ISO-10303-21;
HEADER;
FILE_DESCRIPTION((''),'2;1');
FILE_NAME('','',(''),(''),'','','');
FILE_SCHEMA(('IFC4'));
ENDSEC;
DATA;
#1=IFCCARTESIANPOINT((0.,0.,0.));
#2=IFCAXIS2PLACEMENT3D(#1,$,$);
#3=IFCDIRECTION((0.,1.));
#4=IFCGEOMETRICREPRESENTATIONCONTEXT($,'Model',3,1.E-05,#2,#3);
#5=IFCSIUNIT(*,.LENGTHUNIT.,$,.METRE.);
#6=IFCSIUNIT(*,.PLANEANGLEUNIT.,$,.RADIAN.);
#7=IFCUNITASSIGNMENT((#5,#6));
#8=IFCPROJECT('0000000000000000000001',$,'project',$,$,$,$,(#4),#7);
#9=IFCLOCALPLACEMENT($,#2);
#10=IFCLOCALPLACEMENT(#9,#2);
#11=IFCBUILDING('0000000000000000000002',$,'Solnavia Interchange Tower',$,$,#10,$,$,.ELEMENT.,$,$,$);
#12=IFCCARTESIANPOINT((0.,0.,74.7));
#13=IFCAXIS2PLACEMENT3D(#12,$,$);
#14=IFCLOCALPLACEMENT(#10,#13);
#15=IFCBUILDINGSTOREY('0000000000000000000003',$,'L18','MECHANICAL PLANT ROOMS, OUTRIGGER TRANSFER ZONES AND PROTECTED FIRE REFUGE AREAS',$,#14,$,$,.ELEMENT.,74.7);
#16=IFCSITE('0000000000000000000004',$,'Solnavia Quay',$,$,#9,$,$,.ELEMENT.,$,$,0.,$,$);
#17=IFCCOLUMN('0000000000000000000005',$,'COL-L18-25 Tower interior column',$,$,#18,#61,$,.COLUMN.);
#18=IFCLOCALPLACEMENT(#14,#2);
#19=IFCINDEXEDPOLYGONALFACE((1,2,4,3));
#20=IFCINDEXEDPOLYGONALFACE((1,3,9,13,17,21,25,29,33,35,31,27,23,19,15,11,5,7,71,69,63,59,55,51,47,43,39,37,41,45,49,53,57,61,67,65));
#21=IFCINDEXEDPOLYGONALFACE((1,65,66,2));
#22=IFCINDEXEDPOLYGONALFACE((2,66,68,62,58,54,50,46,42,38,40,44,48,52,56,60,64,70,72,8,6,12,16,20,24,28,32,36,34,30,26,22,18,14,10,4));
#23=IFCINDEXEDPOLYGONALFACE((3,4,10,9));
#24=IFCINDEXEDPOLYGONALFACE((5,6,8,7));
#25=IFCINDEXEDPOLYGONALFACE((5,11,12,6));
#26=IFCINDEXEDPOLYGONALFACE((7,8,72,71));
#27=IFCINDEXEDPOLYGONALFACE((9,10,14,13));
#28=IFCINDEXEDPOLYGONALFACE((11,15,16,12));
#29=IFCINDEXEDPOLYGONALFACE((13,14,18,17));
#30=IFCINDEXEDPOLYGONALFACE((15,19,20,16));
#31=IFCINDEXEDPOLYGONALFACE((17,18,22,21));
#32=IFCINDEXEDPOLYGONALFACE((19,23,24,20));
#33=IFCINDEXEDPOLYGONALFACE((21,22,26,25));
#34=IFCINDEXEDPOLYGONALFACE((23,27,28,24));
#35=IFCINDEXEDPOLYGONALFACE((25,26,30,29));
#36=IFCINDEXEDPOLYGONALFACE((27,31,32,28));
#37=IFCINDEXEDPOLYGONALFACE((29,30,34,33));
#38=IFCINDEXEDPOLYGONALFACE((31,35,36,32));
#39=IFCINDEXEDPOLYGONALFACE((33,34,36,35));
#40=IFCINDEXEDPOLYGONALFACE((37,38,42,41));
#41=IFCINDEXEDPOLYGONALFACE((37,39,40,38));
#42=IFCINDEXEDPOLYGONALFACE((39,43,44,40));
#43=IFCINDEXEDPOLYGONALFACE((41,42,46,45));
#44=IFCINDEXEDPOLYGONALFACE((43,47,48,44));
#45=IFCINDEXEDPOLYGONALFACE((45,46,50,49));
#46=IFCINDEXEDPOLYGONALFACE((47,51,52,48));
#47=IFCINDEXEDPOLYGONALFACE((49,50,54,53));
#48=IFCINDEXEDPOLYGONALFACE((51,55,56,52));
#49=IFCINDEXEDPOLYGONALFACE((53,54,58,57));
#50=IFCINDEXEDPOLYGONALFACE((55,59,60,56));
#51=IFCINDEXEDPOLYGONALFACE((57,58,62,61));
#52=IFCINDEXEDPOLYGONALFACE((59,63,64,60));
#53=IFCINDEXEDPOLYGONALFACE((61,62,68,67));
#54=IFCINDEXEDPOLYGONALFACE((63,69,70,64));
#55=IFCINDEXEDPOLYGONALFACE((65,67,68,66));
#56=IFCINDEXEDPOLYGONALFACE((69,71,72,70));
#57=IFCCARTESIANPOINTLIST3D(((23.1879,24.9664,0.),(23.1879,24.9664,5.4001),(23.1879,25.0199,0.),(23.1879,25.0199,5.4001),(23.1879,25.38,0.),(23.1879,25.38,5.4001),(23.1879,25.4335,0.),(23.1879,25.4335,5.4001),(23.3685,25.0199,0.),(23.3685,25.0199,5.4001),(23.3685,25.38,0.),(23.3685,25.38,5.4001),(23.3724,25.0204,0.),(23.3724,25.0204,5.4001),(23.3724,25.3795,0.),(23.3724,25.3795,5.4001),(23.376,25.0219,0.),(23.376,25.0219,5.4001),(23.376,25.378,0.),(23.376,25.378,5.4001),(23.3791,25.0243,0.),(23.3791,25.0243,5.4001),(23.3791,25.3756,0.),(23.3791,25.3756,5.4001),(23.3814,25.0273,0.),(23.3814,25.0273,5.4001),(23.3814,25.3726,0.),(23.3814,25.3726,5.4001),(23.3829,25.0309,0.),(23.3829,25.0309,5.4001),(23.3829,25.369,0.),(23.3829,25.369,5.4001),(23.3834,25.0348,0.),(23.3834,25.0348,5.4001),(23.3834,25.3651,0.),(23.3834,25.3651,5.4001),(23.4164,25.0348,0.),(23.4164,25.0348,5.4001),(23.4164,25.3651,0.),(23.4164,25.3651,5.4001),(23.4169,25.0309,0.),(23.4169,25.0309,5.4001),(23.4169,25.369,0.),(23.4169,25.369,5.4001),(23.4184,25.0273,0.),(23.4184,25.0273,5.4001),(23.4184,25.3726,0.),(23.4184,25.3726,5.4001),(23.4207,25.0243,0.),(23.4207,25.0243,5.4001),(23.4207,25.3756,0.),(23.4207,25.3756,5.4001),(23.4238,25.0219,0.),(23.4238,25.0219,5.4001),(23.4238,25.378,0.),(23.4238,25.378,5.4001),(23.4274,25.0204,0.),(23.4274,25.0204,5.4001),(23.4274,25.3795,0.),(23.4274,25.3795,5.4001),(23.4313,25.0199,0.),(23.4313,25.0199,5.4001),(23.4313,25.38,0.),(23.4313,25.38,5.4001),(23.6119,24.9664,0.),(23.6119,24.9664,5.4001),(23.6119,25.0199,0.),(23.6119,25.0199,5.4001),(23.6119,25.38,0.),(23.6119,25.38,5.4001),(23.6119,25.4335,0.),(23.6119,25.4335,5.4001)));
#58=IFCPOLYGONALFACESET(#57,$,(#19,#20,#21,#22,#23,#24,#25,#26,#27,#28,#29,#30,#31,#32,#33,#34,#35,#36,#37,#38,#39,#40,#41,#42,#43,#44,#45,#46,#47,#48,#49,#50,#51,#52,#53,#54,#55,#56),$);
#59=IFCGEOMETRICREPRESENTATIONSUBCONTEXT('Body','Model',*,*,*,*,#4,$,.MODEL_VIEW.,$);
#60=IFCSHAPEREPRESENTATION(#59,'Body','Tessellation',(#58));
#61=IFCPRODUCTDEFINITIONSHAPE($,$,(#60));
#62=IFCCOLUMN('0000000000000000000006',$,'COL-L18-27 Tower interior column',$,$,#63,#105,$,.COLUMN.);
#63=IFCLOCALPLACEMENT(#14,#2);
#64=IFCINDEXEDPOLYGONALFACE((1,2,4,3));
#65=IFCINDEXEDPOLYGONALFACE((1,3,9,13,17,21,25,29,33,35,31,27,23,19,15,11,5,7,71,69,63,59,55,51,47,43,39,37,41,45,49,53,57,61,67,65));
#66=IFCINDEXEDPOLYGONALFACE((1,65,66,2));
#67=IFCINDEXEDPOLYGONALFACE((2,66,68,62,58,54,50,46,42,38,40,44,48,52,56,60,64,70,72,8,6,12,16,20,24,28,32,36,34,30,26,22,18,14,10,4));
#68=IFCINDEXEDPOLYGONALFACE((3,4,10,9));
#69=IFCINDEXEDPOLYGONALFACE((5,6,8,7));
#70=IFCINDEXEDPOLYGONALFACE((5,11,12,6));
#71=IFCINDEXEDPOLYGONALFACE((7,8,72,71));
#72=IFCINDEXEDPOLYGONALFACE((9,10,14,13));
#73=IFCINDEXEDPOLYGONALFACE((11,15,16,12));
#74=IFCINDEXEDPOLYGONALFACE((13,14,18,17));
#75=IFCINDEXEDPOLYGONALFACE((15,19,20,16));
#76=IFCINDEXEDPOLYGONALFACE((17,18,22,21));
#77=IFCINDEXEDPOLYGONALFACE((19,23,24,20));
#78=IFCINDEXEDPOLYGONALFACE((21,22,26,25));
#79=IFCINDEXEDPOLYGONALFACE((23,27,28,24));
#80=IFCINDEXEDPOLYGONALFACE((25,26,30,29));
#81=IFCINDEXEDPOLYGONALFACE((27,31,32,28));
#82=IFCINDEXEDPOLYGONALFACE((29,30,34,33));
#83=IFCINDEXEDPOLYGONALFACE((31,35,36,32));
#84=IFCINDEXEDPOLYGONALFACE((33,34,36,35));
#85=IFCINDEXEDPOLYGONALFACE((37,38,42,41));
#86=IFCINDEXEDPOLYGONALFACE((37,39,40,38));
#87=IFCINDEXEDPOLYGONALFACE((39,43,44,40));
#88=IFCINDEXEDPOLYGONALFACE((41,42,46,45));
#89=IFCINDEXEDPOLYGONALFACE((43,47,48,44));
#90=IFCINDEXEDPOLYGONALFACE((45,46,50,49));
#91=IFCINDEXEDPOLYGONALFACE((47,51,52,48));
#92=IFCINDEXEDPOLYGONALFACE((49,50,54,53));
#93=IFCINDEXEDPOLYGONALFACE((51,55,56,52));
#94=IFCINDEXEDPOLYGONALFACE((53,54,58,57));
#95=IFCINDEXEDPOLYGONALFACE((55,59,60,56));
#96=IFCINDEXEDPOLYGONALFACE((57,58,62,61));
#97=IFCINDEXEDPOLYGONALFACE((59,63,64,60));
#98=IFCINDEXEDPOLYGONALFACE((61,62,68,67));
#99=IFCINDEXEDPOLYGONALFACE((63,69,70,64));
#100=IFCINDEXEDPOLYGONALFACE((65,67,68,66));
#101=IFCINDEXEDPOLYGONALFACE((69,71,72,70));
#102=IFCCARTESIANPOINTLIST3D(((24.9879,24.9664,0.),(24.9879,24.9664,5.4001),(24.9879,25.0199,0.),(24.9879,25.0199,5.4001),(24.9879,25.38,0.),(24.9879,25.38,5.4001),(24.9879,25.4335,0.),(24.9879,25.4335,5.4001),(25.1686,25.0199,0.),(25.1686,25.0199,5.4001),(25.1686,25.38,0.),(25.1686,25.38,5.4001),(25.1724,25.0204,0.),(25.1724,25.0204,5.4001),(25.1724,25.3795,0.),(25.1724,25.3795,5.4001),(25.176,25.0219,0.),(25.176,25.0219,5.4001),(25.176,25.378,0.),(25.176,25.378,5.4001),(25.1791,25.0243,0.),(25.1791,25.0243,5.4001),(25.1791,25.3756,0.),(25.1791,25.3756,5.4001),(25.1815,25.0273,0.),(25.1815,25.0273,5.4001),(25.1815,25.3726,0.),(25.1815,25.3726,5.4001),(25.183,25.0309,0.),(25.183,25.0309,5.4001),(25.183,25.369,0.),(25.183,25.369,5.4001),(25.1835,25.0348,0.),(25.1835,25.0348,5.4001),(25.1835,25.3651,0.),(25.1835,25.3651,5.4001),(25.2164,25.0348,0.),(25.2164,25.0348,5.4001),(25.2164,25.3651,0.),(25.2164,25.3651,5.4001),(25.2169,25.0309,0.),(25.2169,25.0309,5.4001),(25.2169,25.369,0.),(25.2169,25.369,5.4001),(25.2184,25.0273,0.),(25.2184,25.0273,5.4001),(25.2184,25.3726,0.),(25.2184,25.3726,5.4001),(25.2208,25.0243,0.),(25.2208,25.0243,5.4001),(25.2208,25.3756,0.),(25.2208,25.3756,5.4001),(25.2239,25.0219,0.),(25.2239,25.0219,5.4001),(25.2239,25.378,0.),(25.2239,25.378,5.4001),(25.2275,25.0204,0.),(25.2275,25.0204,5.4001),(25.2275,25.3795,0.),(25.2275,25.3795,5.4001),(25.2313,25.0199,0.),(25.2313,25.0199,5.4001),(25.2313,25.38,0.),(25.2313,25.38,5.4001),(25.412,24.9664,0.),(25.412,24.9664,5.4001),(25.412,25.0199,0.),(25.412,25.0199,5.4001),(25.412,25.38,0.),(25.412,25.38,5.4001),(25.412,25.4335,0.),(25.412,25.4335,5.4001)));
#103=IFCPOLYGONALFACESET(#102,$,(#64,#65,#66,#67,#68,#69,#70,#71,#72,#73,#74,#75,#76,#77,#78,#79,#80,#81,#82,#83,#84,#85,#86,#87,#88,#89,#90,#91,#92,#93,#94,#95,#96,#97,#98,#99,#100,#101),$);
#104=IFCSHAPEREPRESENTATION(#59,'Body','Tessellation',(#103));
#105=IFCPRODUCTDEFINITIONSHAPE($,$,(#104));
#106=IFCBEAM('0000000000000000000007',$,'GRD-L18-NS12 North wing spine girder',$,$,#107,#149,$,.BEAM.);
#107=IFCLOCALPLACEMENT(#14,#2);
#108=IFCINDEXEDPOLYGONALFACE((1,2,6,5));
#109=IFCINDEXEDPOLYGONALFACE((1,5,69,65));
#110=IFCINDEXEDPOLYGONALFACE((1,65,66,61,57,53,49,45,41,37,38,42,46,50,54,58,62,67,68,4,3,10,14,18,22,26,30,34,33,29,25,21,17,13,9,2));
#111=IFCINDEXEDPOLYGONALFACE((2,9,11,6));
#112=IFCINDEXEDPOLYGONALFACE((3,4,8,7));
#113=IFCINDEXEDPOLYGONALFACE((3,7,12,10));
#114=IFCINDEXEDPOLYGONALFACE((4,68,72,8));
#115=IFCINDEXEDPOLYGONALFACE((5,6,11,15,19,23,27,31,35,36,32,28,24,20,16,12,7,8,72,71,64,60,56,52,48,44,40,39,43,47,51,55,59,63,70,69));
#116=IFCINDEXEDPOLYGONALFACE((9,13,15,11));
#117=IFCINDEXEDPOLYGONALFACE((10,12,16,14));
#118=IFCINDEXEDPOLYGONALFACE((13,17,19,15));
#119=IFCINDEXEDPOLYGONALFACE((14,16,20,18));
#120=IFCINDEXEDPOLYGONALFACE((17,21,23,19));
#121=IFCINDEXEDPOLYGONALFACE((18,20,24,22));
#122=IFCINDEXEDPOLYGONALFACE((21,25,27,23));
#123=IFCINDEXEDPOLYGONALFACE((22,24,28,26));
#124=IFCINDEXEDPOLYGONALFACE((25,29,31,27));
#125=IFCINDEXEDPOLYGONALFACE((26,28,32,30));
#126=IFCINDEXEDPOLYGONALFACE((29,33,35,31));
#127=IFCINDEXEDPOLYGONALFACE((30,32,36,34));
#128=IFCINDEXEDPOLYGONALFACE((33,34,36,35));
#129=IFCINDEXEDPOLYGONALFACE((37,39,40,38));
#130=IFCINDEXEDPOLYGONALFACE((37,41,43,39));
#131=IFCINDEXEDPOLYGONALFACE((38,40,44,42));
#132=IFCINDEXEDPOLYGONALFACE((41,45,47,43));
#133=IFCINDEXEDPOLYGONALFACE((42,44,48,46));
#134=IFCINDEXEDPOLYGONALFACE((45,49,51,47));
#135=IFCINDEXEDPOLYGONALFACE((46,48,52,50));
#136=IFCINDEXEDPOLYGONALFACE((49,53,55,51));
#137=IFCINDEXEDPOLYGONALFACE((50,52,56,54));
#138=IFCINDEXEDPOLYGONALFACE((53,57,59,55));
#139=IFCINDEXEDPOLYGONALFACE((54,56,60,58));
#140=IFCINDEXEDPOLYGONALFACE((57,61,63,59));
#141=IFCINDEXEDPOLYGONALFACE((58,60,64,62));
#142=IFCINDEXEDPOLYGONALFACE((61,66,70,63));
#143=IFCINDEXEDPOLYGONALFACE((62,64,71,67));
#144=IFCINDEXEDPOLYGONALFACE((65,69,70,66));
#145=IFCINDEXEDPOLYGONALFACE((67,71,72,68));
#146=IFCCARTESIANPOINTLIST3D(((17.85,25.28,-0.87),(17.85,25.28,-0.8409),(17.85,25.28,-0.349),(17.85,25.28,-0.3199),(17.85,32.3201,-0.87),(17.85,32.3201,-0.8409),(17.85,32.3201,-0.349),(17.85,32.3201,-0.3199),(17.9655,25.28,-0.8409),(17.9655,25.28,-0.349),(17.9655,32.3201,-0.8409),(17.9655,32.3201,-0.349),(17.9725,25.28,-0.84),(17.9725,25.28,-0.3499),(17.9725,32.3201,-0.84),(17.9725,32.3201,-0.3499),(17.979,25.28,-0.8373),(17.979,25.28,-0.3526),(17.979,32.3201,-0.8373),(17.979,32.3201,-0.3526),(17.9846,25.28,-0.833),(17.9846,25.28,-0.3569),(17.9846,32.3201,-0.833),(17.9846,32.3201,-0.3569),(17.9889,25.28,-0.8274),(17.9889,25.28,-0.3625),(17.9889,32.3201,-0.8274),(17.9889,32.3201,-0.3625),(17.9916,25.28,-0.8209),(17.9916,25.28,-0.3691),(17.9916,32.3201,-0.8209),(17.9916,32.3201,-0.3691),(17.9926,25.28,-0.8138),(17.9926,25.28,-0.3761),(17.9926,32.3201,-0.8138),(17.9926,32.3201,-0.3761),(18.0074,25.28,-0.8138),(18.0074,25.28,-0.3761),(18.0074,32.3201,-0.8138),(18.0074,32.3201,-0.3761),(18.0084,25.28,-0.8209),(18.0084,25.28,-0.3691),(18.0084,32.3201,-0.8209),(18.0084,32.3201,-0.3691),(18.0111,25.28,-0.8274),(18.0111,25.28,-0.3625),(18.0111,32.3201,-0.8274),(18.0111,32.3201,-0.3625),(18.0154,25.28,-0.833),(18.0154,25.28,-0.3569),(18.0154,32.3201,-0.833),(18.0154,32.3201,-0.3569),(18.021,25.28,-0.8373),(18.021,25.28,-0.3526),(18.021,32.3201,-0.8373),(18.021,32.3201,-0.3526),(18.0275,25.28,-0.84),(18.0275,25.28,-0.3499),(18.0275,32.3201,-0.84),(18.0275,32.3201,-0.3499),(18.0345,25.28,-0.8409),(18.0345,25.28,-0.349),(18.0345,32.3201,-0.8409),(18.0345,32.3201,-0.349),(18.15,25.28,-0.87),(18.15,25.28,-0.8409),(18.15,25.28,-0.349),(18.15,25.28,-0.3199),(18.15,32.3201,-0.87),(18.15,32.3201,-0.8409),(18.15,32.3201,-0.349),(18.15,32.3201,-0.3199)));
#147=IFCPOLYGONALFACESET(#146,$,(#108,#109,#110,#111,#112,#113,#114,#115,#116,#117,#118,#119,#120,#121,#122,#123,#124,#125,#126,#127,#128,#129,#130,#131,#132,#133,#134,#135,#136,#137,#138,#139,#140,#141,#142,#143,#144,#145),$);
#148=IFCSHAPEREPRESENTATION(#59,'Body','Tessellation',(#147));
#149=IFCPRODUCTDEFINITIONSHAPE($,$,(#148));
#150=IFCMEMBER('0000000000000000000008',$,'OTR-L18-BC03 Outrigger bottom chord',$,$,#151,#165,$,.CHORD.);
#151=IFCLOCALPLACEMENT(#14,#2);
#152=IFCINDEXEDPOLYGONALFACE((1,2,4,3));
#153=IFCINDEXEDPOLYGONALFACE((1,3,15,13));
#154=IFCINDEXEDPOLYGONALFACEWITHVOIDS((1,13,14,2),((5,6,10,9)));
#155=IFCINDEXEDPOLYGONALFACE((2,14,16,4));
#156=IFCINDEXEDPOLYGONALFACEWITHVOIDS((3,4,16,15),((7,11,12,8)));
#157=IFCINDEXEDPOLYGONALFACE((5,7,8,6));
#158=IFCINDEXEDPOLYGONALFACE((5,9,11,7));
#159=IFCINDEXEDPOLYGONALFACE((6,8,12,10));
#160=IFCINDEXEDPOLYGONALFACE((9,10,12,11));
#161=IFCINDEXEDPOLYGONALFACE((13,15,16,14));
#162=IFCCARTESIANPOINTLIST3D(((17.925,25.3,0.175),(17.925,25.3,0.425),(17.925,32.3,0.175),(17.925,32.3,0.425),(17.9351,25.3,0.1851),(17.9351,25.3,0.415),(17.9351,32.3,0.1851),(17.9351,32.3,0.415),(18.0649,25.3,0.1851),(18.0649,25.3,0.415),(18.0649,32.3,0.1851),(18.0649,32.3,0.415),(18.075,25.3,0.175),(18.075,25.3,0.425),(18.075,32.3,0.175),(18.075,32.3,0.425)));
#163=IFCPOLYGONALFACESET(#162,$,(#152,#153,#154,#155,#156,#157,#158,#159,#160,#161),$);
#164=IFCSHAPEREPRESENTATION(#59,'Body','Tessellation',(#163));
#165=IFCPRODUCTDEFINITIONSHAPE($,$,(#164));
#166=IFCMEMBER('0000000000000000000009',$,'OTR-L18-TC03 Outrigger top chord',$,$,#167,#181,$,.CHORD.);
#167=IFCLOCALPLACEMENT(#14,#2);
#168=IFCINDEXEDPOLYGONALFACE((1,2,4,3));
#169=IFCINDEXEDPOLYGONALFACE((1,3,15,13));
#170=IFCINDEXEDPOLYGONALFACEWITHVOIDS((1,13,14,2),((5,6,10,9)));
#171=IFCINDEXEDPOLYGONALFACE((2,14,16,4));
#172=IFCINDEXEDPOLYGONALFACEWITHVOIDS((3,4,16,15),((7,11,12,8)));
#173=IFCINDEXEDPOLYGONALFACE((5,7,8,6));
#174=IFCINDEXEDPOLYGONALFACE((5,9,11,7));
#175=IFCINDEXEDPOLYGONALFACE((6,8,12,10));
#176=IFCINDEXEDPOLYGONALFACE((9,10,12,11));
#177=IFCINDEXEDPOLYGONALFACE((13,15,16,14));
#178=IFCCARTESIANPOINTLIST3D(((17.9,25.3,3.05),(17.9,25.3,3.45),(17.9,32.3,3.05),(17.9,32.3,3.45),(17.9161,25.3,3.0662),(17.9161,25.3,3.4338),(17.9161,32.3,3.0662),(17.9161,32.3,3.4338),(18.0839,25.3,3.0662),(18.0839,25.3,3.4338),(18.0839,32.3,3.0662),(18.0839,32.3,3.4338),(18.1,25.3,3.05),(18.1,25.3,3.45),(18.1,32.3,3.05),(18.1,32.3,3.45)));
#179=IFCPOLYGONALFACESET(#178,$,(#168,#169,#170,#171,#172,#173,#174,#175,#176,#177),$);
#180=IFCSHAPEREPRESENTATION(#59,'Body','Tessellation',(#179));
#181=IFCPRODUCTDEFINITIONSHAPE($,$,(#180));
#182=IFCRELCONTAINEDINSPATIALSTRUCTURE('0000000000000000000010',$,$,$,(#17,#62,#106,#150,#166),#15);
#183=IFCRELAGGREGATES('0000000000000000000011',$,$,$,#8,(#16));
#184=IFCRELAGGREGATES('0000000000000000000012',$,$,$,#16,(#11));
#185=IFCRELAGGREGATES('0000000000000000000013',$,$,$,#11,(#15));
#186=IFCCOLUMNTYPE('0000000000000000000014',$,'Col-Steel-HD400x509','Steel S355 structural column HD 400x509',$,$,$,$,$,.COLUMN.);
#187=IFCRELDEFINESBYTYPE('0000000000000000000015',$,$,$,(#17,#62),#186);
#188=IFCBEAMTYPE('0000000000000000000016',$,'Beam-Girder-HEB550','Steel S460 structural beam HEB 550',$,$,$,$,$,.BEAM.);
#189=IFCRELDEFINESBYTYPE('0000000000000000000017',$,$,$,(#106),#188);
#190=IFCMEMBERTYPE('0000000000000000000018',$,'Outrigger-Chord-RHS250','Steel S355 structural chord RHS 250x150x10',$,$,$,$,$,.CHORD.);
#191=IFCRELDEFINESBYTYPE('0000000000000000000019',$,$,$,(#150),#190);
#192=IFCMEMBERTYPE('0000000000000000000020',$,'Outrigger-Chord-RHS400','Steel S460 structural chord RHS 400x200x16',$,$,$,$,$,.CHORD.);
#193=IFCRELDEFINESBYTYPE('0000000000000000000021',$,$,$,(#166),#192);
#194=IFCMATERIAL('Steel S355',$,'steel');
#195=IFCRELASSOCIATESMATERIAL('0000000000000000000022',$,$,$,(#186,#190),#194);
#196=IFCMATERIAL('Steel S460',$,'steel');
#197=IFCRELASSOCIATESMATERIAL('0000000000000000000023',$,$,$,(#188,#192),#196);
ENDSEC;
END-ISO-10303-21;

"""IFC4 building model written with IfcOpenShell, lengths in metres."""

from ifc_helpers import new_model, si_unit, direction, frame, origin, origin_2d, place, context, subcontext, project, spatial, hollow_rectangle, i_section, extrude, material, material_profile, profile_set, type_object, element, save


model = new_model("IFC4")

# Units and contexts
model_context = context("Model", 3, precision=1e-05, world=origin(), true_north=direction((0.0, 1.0)))
body_context = subcontext(model_context, "Body", "Model", "MODEL_VIEW")
ifc_project = project(units=[si_unit("LENGTHUNIT", "METRE"), si_unit("PLANEANGLEUNIT", "RADIAN")], contexts=[model_context])

# Site, building, storey
site_placement = place(None, origin())
site = spatial("IfcSite", under=ifc_project, at=site_placement, Name="Solnavia Quay", CompositionType="ELEMENT", RefElevation=0.0)
building_placement = place(site_placement, origin())
building = spatial("IfcBuilding", under=site, at=building_placement, Name="Solnavia Interchange Tower", CompositionType="ELEMENT")
storey_placement = place(building_placement, frame((0.0, 0.0, 74.7)))
storey = spatial("IfcBuildingStorey", under=building, at=storey_placement, Name="L18", Description="MECHANICAL PLANT ROOMS, OUTRIGGER TRANSFER ZONES AND PROTECTED FIRE REFUGE AREAS", CompositionType="ELEMENT", Elevation=74.7)

# Columns
ifc_material_1 = material(Name="Steel S355", Category="steel")
ifc_material_profile_1 = material_profile(ifc_material_1, i_section(OverallWidth=0.4241, OverallDepth=0.467, WebThickness=0.033, FlangeThickness=0.0535, FilletRadius=0.0149, at=origin_2d()), Name="HD 400x509")
ifc_profile_set_1 = profile_set([ifc_material_profile_1], Name="Steel S355")
column_type = type_object("IfcColumnType", Name="Col-Steel-HD400x509", Description="Steel S355 structural column HD 400x509", PredefinedType="COLUMN", material=ifc_profile_set_1)
for number, where, z_axis, x_axis, name in (
    (1, (23.3999, 25.2, 0.0), (0.0, 0.0, 1.0), (1.0, 0.0, 0.0), "COL-L18-25 Tower interior column"),
    (2, (25.2, 25.2, 0.0), (0.0, 0.0, 1.0), (1.0, 0.0, 0.0), "COL-L18-27 Tower interior column"),
):
    element("IfcColumn", number, at=place(storey_placement, frame(where, z_axis=z_axis, x_axis=x_axis)), inside=storey, type_object=column_type, Name=name, PredefinedType="COLUMN", context=body_context, shape_type="SweptSolid", body=[
        extrude(i_section(OverallWidth=0.4241, OverallDepth=0.467, WebThickness=0.033, FlangeThickness=0.0535, FilletRadius=0.0149, at=origin_2d()), origin(), (0.0, 0.0, 1.0), 5.4001),
    ])

# Beam
ifc_material_2 = material(Name="Steel S460", Category="steel")
ifc_material_profile_2 = material_profile(ifc_material_2, i_section(OverallWidth=0.3, OverallDepth=0.55, WebThickness=0.0149, FlangeThickness=0.0291, FilletRadius=0.0271, at=origin_2d()), Name="HEB 550")
ifc_profile_set_2 = profile_set([ifc_material_profile_2], Name="Steel S460")
beam_type = type_object("IfcBeamType", Name="Beam-Girder-HEB550", Description="Steel S460 structural beam HEB 550", PredefinedType="BEAM", material=ifc_profile_set_2)
beam_placement = place(storey_placement, frame((18.0, 25.28, -0.595), z_axis=(0.0, 1.0, 0.0), x_axis=(-1.0, 0.0, 0.0)))
element("IfcBeam", 3, at=beam_placement, inside=storey, type_object=beam_type, Name="GRD-L18-NS12 North wing spine girder", PredefinedType="BEAM", context=body_context, shape_type="SweptSolid", body=[
    extrude(i_section(OverallWidth=0.3, OverallDepth=0.55, WebThickness=0.0149, FlangeThickness=0.0291, FilletRadius=0.0271, at=origin_2d()), origin(), (0.0, 0.0, 1.0), 7.04),
])

# Members
ifc_material_profile_3 = material_profile(ifc_material_1, hollow_rectangle(XDim=0.1499, YDim=0.25, WallThickness=0.01, at=origin_2d()), Name="RHS 250x150x10")
ifc_profile_set_3 = profile_set([ifc_material_profile_3], Name="Steel S355")
member_type_1 = type_object("IfcMemberType", Name="Outrigger-Chord-RHS250", Description="Steel S355 structural chord RHS 250x150x10", PredefinedType="CHORD", material=ifc_profile_set_3)
member_1_placement = place(storey_placement, frame((18.0, 25.3, 0.3), z_axis=(0.0, 1.0, 0.0), x_axis=(-1.0, 0.0, 0.0)))
element("IfcMember", 4, at=member_1_placement, inside=storey, type_object=member_type_1, Name="OTR-L18-BC03 Outrigger bottom chord", PredefinedType="CHORD", context=body_context, shape_type="SweptSolid", body=[
    extrude(hollow_rectangle(XDim=0.1499, YDim=0.25, WallThickness=0.01, at=origin_2d()), origin(), (0.0, 0.0, 1.0), 7.0),
])
ifc_material_profile_4 = material_profile(ifc_material_2, hollow_rectangle(XDim=0.2, YDim=0.3999, WallThickness=0.0161, at=origin_2d()), Name="RHS 400x200x16")
ifc_profile_set_4 = profile_set([ifc_material_profile_4], Name="Steel S460")
member_type_2 = type_object("IfcMemberType", Name="Outrigger-Chord-RHS400", Description="Steel S460 structural chord RHS 400x200x16", PredefinedType="CHORD", material=ifc_profile_set_4)
member_2_placement = place(storey_placement, frame((18.0, 25.3, 3.25), z_axis=(0.0, 1.0, 0.0), x_axis=(-1.0, 0.0, 0.0)))
element("IfcMember", 5, at=member_2_placement, inside=storey, type_object=member_type_2, Name="OTR-L18-TC03 Outrigger top chord", PredefinedType="CHORD", context=body_context, shape_type="SweptSolid", body=[
    extrude(hollow_rectangle(XDim=0.2, YDim=0.3999, WallThickness=0.0161, at=origin_2d()), origin(), (0.0, 0.0, 1.0), 7.0),
])

save(model, "model.ifc")
